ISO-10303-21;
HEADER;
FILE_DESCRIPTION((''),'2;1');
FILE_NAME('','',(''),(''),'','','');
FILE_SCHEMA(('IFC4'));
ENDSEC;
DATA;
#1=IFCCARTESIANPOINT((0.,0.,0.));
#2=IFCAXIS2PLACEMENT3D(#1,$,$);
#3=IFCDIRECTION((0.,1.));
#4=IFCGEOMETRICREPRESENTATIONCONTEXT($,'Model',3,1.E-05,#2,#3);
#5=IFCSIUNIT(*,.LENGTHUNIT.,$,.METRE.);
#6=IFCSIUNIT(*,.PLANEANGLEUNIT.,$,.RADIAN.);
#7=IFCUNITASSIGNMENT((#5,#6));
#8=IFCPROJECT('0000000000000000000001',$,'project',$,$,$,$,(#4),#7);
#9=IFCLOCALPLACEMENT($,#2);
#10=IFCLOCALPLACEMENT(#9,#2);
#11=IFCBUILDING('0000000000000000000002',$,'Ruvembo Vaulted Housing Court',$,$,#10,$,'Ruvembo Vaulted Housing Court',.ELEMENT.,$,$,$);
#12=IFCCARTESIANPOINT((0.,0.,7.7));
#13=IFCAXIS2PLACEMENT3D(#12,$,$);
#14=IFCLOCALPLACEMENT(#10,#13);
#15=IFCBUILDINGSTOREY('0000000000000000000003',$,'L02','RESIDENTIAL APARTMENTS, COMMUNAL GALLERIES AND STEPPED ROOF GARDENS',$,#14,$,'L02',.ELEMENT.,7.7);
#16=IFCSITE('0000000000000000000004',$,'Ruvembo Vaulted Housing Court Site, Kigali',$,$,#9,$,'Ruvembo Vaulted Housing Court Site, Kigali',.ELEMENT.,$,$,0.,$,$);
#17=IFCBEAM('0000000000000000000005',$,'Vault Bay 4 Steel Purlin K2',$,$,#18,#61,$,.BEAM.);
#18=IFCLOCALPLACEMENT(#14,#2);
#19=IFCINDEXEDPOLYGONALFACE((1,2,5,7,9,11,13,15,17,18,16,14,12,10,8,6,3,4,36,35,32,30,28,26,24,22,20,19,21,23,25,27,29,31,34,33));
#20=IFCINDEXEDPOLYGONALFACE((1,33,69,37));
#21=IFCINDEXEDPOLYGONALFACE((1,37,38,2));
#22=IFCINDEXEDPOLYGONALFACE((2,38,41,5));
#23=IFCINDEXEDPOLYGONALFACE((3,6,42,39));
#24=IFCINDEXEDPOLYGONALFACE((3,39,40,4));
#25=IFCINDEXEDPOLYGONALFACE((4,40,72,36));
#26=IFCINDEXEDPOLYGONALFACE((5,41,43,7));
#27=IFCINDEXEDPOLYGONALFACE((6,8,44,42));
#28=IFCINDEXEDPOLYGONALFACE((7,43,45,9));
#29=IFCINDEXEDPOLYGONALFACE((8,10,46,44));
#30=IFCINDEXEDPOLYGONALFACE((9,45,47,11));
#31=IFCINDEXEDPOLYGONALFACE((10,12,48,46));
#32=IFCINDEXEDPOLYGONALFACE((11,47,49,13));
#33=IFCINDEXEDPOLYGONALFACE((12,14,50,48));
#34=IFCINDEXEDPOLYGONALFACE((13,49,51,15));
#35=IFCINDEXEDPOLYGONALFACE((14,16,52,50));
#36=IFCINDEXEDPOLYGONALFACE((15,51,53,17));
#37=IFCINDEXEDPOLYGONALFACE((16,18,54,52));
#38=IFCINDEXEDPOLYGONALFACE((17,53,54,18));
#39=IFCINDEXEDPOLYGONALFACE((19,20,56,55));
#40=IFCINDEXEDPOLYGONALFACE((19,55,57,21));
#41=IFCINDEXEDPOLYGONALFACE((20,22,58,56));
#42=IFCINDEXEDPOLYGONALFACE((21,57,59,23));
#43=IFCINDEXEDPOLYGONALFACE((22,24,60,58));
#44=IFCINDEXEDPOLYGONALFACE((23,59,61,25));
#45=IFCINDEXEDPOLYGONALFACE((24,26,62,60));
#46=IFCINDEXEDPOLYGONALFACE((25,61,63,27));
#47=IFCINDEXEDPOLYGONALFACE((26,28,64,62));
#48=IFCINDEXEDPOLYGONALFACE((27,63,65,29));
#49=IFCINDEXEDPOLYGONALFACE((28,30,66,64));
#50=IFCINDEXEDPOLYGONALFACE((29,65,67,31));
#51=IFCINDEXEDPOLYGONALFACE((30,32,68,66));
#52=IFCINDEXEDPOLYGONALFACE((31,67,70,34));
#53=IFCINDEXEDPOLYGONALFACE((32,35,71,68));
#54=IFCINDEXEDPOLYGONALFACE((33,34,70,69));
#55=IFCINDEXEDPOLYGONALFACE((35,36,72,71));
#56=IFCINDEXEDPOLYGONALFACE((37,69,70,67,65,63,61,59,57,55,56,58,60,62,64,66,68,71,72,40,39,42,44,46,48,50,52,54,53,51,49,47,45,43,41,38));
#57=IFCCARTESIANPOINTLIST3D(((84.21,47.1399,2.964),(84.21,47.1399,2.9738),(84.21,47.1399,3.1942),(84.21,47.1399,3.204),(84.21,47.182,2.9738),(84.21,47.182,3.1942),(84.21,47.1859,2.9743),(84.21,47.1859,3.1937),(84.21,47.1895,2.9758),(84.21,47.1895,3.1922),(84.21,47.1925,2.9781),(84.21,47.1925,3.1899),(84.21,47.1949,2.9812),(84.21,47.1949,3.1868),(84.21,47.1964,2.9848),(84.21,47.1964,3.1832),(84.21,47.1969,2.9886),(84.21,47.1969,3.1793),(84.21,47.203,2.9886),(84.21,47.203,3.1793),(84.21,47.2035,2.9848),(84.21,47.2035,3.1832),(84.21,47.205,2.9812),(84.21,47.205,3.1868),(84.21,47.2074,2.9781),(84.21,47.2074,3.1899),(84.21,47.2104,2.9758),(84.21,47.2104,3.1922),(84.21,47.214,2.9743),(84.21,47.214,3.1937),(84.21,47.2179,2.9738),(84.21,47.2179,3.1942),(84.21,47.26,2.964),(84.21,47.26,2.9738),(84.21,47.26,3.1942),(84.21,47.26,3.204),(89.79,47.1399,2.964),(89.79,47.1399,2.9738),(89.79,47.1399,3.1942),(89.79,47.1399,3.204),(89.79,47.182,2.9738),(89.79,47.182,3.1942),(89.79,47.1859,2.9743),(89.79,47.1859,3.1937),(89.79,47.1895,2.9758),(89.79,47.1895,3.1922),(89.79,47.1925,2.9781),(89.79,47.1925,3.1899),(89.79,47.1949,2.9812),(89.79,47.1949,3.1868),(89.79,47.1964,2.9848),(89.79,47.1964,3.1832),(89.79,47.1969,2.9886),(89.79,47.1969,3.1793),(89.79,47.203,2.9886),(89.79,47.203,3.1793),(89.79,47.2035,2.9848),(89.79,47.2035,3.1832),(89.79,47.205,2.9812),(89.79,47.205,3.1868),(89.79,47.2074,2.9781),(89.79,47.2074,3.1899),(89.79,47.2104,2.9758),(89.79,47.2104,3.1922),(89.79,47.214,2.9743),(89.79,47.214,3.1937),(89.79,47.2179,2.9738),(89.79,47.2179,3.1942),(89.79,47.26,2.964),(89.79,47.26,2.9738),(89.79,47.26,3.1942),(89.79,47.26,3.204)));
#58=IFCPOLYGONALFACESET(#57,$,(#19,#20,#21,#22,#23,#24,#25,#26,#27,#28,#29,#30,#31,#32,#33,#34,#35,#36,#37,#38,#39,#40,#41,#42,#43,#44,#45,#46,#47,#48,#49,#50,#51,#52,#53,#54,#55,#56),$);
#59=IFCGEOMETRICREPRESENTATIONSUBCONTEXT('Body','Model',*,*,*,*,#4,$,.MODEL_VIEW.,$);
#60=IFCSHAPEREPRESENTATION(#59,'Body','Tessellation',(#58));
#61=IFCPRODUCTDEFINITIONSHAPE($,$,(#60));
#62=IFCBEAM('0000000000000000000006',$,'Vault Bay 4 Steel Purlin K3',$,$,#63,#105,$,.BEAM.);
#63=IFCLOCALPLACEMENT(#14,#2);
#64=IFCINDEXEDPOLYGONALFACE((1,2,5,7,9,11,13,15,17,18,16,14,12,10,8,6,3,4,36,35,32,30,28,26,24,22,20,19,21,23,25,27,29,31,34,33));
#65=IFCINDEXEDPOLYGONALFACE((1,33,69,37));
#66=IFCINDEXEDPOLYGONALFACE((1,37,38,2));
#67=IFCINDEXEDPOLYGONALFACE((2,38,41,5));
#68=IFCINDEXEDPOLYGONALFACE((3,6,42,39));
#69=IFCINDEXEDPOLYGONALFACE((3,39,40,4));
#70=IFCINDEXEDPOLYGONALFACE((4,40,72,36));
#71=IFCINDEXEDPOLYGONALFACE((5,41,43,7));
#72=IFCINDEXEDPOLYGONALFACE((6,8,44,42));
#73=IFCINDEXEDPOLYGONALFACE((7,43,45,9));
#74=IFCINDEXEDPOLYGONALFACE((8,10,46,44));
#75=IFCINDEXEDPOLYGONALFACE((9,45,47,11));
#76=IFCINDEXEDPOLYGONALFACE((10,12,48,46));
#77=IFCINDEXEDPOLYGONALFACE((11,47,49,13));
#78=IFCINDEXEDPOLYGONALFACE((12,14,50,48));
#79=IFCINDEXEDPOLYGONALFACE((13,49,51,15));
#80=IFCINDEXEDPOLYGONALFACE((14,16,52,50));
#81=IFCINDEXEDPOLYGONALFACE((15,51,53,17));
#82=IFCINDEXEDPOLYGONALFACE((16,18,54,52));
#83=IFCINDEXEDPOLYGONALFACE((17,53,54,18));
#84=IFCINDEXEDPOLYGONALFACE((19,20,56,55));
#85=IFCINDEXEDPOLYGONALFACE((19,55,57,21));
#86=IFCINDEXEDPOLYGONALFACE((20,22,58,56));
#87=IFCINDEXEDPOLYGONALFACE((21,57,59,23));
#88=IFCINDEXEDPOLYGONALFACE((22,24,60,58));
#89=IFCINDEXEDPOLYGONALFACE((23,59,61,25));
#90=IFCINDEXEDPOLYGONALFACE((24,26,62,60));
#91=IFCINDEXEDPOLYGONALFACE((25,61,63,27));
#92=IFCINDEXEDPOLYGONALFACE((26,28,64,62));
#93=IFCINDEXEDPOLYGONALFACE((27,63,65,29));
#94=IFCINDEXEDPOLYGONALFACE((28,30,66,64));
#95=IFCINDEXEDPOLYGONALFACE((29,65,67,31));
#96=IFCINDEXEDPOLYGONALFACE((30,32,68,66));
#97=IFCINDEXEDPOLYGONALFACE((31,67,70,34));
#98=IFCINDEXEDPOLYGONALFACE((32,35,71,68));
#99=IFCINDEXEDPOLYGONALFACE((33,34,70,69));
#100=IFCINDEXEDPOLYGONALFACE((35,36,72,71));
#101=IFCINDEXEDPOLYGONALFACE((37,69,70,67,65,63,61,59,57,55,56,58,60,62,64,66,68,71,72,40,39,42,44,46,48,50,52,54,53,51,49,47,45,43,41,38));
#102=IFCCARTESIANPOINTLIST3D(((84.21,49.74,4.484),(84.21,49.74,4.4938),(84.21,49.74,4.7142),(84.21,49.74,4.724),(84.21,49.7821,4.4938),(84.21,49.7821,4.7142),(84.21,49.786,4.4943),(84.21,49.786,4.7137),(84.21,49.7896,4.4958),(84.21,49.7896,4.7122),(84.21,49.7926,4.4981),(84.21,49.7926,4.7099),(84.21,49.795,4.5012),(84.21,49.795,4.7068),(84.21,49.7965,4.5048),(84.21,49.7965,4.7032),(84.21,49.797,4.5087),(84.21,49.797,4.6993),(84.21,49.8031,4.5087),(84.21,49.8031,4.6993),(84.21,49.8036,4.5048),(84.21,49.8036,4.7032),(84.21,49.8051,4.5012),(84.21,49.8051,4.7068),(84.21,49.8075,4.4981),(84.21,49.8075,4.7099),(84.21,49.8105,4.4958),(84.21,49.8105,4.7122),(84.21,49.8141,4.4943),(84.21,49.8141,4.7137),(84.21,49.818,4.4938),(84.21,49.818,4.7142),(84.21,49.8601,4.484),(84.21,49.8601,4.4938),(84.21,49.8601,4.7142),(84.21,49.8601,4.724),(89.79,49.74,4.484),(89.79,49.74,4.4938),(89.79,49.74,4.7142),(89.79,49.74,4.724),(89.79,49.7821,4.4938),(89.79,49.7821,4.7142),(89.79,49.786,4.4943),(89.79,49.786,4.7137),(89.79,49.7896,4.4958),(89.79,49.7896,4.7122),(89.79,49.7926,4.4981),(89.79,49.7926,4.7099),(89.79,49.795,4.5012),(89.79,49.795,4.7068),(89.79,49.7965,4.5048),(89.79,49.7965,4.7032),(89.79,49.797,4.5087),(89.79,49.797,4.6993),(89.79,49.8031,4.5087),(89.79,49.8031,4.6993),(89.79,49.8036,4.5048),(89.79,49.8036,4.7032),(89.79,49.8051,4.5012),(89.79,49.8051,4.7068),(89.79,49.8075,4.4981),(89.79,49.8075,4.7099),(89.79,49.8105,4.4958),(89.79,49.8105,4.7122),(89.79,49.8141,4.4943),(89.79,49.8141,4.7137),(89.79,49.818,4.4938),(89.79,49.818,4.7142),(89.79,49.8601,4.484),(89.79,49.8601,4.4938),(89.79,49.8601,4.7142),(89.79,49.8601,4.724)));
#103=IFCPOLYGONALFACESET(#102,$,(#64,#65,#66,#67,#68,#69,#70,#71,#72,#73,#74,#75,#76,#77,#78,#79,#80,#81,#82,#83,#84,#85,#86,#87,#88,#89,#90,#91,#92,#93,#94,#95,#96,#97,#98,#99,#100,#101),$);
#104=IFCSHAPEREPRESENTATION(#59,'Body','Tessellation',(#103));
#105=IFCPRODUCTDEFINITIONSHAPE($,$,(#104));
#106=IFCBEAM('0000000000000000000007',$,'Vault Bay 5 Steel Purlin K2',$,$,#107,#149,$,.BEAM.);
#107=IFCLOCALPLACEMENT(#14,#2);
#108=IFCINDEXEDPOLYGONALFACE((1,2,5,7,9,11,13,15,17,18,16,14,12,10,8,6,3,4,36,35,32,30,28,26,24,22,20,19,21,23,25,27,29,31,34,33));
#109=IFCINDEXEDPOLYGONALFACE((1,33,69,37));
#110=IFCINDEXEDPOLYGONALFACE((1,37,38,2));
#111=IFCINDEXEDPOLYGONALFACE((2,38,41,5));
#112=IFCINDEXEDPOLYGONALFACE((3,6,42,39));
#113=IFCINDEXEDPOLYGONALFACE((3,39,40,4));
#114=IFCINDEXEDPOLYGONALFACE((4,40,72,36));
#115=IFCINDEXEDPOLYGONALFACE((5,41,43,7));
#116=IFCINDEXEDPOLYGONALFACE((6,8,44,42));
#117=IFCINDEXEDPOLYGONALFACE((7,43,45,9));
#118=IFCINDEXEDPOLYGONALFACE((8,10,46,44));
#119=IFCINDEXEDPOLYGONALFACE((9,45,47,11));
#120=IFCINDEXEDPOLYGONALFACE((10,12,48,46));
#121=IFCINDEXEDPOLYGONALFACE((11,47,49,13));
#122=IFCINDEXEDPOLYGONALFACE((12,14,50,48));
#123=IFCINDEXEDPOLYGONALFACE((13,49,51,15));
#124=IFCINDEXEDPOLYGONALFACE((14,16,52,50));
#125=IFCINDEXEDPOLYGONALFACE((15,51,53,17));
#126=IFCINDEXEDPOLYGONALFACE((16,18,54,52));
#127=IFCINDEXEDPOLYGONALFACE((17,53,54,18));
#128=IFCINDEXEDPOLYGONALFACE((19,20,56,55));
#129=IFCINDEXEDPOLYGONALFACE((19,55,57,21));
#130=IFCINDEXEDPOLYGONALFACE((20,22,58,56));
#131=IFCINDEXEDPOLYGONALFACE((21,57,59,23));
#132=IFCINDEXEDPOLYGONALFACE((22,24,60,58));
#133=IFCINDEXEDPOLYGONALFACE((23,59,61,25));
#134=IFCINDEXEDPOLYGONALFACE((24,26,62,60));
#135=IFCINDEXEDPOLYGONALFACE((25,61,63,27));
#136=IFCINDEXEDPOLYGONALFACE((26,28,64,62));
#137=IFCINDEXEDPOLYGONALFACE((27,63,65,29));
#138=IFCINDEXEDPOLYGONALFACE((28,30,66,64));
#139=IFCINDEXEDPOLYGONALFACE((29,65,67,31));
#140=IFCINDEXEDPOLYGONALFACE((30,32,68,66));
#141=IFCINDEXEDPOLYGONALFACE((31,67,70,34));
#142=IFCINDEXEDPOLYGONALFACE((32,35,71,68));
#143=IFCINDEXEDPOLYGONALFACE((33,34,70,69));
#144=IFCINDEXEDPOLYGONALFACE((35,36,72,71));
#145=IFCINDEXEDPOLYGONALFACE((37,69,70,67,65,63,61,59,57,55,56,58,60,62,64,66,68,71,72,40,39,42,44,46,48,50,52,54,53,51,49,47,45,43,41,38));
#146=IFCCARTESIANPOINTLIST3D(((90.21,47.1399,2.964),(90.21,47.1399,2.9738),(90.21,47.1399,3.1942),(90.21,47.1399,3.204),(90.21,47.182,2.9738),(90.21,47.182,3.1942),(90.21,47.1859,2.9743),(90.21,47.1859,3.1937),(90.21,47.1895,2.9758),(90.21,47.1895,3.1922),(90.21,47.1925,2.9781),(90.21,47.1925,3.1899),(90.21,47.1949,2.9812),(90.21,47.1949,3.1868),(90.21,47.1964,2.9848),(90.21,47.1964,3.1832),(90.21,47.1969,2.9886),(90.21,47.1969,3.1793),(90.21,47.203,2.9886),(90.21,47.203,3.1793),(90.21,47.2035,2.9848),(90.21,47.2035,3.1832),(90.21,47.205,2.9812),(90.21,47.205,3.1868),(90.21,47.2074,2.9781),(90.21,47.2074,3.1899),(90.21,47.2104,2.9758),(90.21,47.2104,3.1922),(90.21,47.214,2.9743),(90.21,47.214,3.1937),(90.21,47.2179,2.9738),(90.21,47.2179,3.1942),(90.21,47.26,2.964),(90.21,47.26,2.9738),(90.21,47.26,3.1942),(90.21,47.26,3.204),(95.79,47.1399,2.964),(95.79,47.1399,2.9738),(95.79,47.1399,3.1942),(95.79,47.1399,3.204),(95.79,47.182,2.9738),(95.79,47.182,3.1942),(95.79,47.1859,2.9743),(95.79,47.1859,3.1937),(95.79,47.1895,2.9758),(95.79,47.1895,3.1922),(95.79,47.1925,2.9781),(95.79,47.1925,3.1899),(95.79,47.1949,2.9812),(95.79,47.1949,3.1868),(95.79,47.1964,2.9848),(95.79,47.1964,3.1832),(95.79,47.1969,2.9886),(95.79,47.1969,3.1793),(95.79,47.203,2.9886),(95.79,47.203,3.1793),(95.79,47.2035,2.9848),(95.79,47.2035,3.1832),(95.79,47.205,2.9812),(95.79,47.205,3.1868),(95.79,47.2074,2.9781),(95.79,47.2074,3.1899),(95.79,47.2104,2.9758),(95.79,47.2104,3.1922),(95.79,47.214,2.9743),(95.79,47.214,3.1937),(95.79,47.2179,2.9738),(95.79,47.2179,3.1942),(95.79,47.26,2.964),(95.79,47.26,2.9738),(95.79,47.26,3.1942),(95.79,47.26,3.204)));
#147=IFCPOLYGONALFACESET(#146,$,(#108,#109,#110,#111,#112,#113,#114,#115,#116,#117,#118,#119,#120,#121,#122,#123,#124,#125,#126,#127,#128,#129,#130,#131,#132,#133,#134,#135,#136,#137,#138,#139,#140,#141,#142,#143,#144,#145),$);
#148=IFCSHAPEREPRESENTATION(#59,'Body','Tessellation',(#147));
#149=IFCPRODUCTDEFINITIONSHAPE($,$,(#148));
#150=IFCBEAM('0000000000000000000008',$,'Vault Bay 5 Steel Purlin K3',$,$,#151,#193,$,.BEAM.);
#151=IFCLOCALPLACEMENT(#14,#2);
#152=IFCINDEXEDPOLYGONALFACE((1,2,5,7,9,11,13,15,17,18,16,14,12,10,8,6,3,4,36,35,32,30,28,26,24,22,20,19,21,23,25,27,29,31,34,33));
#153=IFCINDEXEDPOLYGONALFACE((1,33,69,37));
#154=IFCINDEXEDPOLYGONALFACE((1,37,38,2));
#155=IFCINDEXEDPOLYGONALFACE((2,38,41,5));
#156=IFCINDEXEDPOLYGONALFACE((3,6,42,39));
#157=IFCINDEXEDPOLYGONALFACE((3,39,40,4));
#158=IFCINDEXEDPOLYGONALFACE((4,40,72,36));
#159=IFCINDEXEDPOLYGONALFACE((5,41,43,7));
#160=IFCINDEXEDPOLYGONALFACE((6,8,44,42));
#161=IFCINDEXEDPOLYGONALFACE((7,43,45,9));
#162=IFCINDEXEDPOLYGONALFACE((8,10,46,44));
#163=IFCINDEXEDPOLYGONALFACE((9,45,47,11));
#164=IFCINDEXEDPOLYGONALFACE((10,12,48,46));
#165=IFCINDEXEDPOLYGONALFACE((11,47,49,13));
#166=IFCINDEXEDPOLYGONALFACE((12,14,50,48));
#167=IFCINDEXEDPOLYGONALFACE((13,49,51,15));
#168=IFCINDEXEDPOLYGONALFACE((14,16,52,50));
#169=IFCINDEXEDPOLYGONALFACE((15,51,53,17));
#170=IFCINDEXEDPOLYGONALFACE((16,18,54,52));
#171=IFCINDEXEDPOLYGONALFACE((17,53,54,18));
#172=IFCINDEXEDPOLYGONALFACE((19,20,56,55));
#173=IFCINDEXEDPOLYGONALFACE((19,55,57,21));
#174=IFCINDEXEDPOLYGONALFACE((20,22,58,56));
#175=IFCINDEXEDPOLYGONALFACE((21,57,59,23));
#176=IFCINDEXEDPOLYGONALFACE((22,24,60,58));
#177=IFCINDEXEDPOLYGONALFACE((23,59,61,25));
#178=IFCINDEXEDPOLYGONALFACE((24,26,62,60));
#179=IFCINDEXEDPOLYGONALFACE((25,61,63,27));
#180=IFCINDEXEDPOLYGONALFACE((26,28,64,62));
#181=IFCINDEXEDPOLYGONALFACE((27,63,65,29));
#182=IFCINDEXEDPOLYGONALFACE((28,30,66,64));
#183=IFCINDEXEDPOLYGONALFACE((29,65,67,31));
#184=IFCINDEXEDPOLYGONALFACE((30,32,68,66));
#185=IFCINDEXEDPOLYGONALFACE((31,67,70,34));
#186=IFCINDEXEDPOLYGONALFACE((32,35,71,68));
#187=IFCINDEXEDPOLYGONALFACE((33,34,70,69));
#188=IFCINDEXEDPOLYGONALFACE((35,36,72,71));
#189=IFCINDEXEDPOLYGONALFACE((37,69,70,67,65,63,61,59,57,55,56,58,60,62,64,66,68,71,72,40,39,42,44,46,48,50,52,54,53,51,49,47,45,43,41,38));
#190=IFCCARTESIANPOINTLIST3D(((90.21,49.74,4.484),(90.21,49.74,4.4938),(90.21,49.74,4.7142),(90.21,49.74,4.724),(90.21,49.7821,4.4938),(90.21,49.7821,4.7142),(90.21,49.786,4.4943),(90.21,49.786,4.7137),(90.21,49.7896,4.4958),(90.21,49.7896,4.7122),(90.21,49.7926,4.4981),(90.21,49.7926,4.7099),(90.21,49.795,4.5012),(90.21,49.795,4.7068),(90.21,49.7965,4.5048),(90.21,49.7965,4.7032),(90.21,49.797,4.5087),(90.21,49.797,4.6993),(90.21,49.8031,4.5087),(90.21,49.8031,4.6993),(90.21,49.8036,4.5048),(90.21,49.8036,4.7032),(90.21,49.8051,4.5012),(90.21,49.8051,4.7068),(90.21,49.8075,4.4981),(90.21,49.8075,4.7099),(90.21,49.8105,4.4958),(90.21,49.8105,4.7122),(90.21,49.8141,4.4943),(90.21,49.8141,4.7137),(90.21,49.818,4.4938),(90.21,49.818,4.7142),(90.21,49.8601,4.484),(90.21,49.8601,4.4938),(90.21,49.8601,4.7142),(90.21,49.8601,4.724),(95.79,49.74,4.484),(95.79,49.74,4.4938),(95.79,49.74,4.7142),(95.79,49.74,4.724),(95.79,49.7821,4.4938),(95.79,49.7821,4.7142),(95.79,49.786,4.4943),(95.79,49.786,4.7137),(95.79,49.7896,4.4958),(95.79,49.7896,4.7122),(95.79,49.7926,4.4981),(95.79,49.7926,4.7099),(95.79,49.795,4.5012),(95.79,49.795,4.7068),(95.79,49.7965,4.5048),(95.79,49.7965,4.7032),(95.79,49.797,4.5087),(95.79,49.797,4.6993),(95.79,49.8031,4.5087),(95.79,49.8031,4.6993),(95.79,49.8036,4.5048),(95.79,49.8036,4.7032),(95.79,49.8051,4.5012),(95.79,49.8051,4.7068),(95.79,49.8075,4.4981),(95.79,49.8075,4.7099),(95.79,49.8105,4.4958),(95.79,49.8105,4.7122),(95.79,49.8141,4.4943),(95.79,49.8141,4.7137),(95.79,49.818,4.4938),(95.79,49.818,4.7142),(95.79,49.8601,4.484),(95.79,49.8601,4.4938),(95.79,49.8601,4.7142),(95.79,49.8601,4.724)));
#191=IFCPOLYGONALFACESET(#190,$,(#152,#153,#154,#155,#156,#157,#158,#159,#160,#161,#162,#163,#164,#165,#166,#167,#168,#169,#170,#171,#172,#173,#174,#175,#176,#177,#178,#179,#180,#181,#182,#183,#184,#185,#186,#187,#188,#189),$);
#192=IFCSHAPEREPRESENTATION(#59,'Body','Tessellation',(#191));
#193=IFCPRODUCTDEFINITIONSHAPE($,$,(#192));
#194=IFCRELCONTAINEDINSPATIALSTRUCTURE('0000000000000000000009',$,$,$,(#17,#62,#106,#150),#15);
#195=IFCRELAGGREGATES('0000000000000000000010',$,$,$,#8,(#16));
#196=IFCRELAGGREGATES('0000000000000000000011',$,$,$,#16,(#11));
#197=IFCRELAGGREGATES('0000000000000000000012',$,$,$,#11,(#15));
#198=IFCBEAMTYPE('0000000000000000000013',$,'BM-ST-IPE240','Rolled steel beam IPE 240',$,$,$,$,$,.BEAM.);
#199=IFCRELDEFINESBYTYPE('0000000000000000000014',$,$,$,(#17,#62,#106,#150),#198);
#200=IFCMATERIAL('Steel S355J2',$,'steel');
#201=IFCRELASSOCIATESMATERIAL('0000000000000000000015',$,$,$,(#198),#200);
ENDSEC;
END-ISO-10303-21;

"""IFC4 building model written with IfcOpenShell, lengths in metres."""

from ifc_helpers import new_model, si_unit, direction, frame, origin, origin_2d, place, context, subcontext, project, spatial, i_section, extrude, material, material_profile, profile_set, type_object, element, save


model = new_model("IFC4")

# Units and contexts
model_context = context("Model", 3, precision=1e-05, world=origin(), true_north=direction((0.0, 1.0)))
body_context = subcontext(model_context, "Body", "Model", "MODEL_VIEW")
ifc_project = project(units=[si_unit("LENGTHUNIT", "METRE"), si_unit("PLANEANGLEUNIT", "RADIAN")], contexts=[model_context])

# Site, building, storey
site_placement = place(None, origin())
site = spatial("IfcSite", under=ifc_project, at=site_placement, Name="Ruvembo Vaulted Housing Court Site, Kigali", LongName="Ruvembo Vaulted Housing Court Site, Kigali", CompositionType="ELEMENT", RefElevation=0.0)
building_placement = place(site_placement, origin())
building = spatial("IfcBuilding", under=site, at=building_placement, Name="Ruvembo Vaulted Housing Court", LongName="Ruvembo Vaulted Housing Court", CompositionType="ELEMENT")
storey_placement = place(building_placement, frame((0.0, 0.0, 7.7)))
storey = spatial("IfcBuildingStorey", under=building, at=storey_placement, Name="L02", Description="RESIDENTIAL APARTMENTS, COMMUNAL GALLERIES AND STEPPED ROOF GARDENS", LongName="L02", CompositionType="ELEMENT", Elevation=7.7)

# Beams
ifc_material_1 = material(Name="Steel S355J2", Category="steel")
ifc_material_profile_1 = material_profile(ifc_material_1, i_section(OverallWidth=0.1201, OverallDepth=0.24, WebThickness=0.0061, FlangeThickness=0.0098, FilletRadius=0.0149, at=origin_2d()), Name="IPE 240")
ifc_profile_set_1 = profile_set([ifc_material_profile_1], Name="Steel S355J2")
beam_type_1 = type_object("IfcBeamType", Name="BM-ST-IPE240", Description="Rolled steel beam IPE 240", PredefinedType="BEAM", material=ifc_profile_set_1)
for number, where, z_axis, x_axis, name in (
    (1, (84.21, 47.2, 3.084), (1.0, 0.0, 0.0), (0.0, 1.0, 0.0), "Vault Bay 4 Steel Purlin K2"),
    (2, (84.21, 49.8, 4.604), (1.0, 0.0, 0.0), (0.0, 1.0, 0.0), "Vault Bay 4 Steel Purlin K3"),
    (3, (90.21, 47.2, 3.084), (1.0, 0.0, 0.0), (0.0, 1.0, 0.0), "Vault Bay 5 Steel Purlin K2"),
    (4, (90.21, 49.8, 4.604), (1.0, 0.0, 0.0), (0.0, 1.0, 0.0), "Vault Bay 5 Steel Purlin K3"),
):
    element("IfcBeam", number, at=place(storey_placement, frame(where, z_axis=z_axis, x_axis=x_axis)), inside=storey, type_object=beam_type_1, Name=name, PredefinedType="BEAM", context=body_context, shape_type="SweptSolid", body=[
        extrude(i_section(OverallWidth=0.1201, OverallDepth=0.24, WebThickness=0.0061, FlangeThickness=0.0098, FilletRadius=0.0149, at=origin_2d()), origin(), (0.0, 0.0, 1.0), 5.5801),
    ])

save(model, "model.ifc")
